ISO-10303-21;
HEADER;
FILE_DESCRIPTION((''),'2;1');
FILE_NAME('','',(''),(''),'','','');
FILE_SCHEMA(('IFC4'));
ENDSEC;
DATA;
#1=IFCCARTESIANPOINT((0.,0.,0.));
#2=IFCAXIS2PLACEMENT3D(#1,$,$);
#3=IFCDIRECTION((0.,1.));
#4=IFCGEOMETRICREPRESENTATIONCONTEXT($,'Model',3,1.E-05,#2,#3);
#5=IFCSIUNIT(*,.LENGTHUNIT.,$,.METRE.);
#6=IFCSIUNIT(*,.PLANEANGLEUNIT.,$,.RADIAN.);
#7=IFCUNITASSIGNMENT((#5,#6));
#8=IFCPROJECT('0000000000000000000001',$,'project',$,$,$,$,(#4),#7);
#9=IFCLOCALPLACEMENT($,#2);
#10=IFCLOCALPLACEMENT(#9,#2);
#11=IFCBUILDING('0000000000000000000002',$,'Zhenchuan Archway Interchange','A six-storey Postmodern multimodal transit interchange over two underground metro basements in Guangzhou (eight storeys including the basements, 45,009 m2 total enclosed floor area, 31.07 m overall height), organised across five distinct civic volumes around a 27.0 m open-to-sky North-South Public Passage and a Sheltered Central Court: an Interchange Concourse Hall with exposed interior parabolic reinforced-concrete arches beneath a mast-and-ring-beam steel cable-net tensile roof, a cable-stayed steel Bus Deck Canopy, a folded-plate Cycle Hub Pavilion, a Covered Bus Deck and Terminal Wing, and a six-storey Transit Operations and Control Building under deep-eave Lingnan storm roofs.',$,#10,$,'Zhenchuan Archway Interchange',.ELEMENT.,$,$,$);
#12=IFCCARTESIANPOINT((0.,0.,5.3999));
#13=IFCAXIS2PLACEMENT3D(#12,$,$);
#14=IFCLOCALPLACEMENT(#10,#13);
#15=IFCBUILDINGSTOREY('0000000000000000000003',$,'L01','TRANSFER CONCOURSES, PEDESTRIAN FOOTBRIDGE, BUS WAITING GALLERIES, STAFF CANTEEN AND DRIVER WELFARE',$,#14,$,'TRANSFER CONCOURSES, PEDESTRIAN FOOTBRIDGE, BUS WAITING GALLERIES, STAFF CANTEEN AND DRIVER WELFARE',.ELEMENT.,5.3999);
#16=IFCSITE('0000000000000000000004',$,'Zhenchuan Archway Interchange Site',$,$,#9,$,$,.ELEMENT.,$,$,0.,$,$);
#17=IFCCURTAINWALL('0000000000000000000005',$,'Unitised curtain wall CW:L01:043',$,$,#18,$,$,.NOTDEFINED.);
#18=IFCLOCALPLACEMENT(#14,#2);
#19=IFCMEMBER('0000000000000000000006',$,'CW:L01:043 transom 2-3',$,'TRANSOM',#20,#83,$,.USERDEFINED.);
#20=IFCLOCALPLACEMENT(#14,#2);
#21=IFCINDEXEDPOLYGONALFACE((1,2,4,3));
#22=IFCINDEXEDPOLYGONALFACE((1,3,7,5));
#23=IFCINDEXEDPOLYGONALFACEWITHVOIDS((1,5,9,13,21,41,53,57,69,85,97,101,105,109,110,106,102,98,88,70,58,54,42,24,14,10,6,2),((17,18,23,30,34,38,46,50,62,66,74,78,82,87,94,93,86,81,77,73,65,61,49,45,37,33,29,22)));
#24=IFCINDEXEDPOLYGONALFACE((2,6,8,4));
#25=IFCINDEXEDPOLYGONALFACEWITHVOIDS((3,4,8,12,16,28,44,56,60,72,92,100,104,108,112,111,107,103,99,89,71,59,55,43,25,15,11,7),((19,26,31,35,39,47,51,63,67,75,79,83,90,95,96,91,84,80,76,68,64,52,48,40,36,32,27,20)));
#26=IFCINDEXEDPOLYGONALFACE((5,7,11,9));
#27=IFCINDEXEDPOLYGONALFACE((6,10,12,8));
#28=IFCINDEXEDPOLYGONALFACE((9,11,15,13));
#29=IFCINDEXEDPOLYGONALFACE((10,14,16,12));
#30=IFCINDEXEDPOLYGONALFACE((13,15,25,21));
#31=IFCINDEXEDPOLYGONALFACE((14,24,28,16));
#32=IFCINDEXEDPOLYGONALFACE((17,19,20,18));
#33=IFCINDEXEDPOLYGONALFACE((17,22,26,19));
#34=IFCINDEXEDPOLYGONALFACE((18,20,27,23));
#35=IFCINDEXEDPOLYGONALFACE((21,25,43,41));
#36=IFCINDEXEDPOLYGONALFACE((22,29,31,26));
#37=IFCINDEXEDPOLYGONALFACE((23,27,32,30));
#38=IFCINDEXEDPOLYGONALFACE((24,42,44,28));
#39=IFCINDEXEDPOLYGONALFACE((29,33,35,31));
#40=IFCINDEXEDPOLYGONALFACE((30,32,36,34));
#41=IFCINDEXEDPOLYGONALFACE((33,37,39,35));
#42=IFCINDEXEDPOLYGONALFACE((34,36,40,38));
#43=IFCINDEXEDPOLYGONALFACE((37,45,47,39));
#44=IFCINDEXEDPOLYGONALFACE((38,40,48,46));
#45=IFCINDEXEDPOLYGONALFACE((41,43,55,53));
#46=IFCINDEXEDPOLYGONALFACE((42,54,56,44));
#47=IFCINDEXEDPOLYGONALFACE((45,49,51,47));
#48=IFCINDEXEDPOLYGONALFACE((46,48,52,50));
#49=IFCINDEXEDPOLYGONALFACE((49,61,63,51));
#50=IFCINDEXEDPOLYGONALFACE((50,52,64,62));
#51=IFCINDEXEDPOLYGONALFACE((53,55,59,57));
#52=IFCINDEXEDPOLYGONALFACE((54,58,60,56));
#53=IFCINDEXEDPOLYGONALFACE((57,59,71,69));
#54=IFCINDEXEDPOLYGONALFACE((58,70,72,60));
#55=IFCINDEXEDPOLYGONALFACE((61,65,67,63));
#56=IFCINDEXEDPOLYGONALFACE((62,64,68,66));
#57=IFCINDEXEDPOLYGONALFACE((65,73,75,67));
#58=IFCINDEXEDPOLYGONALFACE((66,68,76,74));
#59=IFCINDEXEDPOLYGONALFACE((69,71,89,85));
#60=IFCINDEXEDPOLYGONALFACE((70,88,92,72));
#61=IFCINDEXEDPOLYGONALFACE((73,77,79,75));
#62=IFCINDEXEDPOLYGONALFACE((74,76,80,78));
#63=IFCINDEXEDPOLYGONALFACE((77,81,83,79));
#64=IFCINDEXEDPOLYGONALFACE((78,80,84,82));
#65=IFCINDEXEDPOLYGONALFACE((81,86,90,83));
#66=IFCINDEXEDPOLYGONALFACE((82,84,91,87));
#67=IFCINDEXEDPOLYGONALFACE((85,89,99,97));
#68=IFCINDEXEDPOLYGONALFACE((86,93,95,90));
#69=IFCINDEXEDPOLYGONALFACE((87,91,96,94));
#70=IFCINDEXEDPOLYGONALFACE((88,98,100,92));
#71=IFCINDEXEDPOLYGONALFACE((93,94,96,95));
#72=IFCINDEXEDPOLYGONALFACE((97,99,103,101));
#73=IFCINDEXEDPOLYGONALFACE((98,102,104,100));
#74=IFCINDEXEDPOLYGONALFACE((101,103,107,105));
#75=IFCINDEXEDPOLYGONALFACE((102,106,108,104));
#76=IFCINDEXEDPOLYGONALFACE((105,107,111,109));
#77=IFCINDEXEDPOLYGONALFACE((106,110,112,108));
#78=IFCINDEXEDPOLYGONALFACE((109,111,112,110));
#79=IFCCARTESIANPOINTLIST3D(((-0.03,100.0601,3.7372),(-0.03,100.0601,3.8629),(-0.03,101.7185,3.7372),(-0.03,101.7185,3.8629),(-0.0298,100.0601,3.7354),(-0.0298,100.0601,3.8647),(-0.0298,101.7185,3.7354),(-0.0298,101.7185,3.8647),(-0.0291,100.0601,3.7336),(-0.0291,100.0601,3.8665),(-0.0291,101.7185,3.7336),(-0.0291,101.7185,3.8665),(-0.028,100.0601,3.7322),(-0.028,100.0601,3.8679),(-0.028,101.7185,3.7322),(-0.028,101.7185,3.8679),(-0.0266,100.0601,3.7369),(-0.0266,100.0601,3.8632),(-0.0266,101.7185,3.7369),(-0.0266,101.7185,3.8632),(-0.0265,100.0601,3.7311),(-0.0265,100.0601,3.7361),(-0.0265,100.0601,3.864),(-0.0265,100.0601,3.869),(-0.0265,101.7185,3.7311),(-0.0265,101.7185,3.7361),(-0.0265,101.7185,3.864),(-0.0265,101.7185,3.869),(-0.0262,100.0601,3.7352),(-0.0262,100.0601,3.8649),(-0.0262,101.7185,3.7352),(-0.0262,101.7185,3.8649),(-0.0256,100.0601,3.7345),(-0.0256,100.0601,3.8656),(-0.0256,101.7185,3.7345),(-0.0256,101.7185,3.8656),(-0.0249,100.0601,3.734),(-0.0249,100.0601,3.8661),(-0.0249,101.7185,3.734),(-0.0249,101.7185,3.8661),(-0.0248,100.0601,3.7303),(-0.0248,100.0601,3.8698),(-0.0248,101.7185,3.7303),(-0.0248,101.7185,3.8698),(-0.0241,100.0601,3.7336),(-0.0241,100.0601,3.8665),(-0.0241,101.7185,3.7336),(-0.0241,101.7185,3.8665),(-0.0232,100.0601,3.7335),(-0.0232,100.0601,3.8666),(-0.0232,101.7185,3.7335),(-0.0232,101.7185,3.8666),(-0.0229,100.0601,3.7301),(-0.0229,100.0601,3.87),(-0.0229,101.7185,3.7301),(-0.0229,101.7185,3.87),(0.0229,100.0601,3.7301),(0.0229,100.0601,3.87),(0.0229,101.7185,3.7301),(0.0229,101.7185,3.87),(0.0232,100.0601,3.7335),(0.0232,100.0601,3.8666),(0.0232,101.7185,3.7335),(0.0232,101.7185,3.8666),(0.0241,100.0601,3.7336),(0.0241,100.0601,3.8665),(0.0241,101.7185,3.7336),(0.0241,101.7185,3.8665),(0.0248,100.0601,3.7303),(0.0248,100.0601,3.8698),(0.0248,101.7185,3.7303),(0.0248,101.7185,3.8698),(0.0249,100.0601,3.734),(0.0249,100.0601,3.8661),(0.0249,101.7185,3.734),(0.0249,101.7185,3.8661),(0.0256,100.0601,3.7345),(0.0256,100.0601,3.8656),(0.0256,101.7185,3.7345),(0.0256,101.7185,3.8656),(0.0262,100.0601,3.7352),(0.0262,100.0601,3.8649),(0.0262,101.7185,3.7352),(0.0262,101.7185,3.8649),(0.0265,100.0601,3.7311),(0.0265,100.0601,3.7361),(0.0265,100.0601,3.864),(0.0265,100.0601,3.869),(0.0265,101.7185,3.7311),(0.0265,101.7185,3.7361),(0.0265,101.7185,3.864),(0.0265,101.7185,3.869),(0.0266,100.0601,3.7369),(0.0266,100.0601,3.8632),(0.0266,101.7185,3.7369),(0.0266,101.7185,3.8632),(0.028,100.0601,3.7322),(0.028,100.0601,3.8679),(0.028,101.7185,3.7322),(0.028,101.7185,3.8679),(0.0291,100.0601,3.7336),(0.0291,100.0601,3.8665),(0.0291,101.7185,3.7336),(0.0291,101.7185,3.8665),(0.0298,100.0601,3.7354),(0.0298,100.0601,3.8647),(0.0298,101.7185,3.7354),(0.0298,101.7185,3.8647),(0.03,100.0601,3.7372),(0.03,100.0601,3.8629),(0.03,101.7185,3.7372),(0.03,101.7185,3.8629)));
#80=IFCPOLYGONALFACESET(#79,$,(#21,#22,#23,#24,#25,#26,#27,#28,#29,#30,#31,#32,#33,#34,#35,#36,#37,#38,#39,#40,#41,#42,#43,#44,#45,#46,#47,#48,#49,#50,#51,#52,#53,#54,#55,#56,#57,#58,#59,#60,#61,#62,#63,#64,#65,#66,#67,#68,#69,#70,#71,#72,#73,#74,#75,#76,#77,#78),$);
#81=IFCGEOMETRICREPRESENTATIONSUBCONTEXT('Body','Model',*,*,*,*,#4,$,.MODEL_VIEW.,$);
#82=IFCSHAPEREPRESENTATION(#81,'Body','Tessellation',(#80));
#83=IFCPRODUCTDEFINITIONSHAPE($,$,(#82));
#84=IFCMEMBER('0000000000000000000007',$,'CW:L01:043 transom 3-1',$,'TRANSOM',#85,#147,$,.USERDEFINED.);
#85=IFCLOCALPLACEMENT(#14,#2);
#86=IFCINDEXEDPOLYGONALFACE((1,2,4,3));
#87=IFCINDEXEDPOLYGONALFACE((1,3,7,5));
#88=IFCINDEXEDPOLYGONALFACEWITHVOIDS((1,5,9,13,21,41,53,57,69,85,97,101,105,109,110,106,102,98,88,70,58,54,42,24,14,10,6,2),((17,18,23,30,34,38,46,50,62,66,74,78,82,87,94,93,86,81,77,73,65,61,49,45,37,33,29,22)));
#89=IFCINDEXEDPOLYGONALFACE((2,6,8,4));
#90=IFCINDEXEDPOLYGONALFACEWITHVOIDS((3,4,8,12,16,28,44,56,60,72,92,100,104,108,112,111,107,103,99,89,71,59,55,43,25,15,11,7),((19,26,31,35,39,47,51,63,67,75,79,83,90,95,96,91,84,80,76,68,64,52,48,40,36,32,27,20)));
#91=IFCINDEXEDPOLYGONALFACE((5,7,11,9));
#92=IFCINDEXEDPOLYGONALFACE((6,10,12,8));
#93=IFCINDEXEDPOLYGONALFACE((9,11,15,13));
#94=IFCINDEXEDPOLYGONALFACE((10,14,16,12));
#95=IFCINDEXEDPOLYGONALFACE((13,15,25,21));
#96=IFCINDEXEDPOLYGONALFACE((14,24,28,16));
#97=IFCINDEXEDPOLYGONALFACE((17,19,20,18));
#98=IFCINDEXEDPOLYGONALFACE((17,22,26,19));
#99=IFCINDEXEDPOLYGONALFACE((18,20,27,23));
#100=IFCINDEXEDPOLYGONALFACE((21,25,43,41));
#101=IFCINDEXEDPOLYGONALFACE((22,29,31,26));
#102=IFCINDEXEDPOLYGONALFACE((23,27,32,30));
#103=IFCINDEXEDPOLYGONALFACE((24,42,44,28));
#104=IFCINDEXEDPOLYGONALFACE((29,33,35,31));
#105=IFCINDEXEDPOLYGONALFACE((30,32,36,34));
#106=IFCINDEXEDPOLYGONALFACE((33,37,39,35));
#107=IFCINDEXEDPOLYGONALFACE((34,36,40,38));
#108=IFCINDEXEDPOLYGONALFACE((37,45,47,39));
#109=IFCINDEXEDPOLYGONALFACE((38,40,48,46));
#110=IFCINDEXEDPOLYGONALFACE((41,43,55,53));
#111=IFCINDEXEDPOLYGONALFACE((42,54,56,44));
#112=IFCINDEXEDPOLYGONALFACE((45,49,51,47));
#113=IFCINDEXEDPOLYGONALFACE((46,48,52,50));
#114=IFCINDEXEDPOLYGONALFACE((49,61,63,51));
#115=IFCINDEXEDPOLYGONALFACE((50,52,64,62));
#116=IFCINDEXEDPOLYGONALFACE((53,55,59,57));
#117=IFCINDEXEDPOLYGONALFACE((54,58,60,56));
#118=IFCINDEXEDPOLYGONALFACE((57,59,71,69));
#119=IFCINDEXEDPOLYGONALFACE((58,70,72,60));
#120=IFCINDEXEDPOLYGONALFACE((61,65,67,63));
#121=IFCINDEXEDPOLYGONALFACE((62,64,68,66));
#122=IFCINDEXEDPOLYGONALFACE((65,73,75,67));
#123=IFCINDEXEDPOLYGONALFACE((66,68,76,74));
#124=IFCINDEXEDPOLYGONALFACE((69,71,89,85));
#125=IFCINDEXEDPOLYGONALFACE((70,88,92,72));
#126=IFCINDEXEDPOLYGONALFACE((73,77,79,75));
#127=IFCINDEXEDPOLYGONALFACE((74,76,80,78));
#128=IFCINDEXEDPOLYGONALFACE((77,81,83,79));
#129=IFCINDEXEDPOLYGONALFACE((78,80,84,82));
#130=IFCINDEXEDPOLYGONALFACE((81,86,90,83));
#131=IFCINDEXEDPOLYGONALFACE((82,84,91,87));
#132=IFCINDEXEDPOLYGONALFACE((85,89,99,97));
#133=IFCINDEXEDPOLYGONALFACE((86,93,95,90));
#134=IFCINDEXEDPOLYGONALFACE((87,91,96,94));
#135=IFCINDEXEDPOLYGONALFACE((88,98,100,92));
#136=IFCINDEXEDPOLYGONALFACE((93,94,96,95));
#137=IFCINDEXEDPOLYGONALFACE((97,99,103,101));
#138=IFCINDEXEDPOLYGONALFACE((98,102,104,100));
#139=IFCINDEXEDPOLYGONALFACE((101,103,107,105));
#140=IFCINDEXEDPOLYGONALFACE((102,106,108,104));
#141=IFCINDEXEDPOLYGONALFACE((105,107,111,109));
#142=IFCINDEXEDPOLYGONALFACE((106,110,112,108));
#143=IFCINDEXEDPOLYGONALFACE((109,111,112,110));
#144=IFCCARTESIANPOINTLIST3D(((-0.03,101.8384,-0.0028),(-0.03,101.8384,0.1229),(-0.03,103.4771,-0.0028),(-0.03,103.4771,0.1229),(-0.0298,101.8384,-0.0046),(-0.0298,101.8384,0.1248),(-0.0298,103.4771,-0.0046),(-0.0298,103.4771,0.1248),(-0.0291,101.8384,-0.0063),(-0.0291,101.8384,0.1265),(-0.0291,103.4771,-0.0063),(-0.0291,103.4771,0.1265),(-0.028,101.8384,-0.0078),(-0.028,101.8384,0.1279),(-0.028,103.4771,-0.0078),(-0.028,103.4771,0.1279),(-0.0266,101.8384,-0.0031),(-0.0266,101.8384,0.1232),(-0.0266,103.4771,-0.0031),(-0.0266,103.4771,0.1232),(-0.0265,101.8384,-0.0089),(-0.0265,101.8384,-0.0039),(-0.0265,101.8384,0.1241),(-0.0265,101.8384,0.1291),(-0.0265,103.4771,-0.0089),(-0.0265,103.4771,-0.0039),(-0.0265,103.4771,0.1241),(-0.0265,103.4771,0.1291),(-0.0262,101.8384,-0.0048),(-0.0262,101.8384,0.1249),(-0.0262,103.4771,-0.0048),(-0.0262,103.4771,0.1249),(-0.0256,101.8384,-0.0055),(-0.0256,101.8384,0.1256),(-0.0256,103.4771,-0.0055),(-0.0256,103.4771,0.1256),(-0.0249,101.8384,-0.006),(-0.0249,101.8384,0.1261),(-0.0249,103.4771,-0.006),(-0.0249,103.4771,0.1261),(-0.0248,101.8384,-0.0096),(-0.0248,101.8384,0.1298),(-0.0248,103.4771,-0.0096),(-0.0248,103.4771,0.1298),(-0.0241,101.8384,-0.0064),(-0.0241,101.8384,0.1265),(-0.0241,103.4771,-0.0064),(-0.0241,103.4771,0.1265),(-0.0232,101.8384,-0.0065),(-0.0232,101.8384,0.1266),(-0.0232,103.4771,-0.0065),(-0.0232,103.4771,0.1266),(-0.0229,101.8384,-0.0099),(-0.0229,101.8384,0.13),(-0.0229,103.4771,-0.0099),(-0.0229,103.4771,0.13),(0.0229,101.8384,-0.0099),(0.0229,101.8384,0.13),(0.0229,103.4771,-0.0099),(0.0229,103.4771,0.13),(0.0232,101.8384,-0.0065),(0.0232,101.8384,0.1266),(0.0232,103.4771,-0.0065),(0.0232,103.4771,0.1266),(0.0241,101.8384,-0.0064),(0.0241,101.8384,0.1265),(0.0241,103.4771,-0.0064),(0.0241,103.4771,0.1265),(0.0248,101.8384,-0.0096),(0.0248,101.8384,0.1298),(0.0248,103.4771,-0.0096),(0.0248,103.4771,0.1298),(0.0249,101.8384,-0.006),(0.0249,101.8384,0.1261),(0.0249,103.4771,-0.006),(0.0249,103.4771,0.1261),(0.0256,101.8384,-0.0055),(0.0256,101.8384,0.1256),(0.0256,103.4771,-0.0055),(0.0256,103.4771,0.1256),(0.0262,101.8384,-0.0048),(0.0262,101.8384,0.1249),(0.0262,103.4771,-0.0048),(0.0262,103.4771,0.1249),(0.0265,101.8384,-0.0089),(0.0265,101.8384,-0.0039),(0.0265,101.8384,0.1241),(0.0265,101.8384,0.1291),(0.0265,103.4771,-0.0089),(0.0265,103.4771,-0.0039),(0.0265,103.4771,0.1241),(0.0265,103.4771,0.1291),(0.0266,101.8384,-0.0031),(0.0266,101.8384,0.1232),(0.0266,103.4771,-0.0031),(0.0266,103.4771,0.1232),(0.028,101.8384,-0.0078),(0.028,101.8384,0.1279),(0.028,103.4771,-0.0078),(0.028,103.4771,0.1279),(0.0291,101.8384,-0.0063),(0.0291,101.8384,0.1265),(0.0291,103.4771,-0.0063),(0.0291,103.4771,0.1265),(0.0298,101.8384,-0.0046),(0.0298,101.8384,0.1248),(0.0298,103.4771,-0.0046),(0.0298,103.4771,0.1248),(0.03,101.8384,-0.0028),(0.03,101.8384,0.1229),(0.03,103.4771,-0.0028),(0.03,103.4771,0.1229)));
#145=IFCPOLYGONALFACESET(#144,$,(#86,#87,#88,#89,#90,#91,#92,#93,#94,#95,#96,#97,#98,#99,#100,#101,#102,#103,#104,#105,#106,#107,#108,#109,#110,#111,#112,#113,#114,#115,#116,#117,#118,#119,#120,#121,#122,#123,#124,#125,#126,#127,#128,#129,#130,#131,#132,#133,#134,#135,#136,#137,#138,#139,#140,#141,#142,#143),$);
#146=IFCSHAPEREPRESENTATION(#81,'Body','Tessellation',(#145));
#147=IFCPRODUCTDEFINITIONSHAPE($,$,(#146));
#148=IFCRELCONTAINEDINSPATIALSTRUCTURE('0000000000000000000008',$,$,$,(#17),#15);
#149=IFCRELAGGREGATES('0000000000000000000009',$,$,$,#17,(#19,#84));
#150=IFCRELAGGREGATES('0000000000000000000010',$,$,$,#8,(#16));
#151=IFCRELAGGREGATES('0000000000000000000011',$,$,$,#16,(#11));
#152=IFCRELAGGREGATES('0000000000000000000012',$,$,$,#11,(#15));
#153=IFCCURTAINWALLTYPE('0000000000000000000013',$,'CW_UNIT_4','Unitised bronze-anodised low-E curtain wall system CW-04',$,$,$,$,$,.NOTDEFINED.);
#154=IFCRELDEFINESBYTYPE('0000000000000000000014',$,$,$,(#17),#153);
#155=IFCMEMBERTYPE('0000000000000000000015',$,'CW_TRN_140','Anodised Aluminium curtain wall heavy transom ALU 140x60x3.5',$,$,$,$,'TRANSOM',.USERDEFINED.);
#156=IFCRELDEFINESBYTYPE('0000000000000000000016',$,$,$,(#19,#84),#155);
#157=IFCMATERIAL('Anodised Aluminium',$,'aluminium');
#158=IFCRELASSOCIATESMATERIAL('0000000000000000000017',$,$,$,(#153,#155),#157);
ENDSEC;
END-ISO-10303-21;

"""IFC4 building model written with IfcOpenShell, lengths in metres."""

from ifc_helpers import new_model, si_unit, direction, frame, origin, origin_2d, place, context, subcontext, project, spatial, hollow_rectangle, extrude, material, material_profile, profile_set, type_object, element, aggregate, save


model = new_model("IFC4")

# Units and contexts
model_context = context("Model", 3, precision=1e-05, world=origin(), true_north=direction((0.0, 1.0)))
body_context = subcontext(model_context, "Body", "Model", "MODEL_VIEW")
ifc_project = project(units=[si_unit("LENGTHUNIT", "METRE"), si_unit("PLANEANGLEUNIT", "RADIAN")], contexts=[model_context])

# Site, building, storey
site_placement = place(None, origin())
site = spatial("IfcSite", under=ifc_project, at=site_placement, Name="Zhenchuan Archway Interchange Site", CompositionType="ELEMENT", RefElevation=0.0)
building_placement = place(site_placement, origin())
building = spatial("IfcBuilding", under=site, at=building_placement, Name="Zhenchuan Archway Interchange", Description="A six-storey Postmodern multimodal transit interchange over two underground metro basements in Guangzhou (eight storeys including the basements, 45,009 m2 total enclosed floor area, 31.07 m overall height), organised across five distinct civic volumes around a 27.0 m open-to-sky North-South Public Passage and a Sheltered Central Court: an Interchange Concourse Hall with exposed interior parabolic reinforced-concrete arches beneath a mast-and-ring-beam steel cable-net tensile roof, a cable-stayed steel Bus Deck Canopy, a folded-plate Cycle Hub Pavilion, a Covered Bus Deck and Terminal Wing, and a six-storey Transit Operations and Control Building under deep-eave Lingnan storm roofs.", LongName="Zhenchuan Archway Interchange", CompositionType="ELEMENT")
storey_placement = place(building_placement, frame((0.0, 0.0, 5.3999)))
storey = spatial("IfcBuildingStorey", under=building, at=storey_placement, Name="L01", Description="TRANSFER CONCOURSES, PEDESTRIAN FOOTBRIDGE, BUS WAITING GALLERIES, STAFF CANTEEN AND DRIVER WELFARE", LongName="TRANSFER CONCOURSES, PEDESTRIAN FOOTBRIDGE, BUS WAITING GALLERIES, STAFF CANTEEN AND DRIVER WELFARE", CompositionType="ELEMENT", Elevation=5.3999)

# Curtain wall, members
ifc_material_1 = material(Name="Anodised Aluminium", Category="aluminium")
curtain_wall_type = type_object("IfcCurtainWallType", Name="CW_UNIT_4", Description="Unitised bronze-anodised low-E curtain wall system CW-04", PredefinedType="NOTDEFINED", material=ifc_material_1)
curtain_wall_placement = place(storey_placement, origin())
curtain_wall = element("IfcCurtainWall", 1, at=curtain_wall_placement, inside=storey, type_object=curtain_wall_type, Name="Unitised curtain wall CW:L01:043", PredefinedType="NOTDEFINED")
ifc_material_profile_1 = material_profile(ifc_material_1, hollow_rectangle(XDim=0.0601, YDim=0.1399, WallThickness=0.0034, InnerFilletRadius=0.0034, OuterFilletRadius=0.0071, at=origin_2d()), Name="ALU 140x60x3.5")
ifc_profile_set_1 = profile_set([ifc_material_profile_1], Name="Anodised Aluminium")
member_type_1 = type_object("IfcMemberType", Name="CW_TRN_140", Description="Anodised Aluminium curtain wall heavy transom ALU 140x60x3.5", ElementType="TRANSOM", PredefinedType="USERDEFINED", material=ifc_profile_set_1)
member_1_placement = place(storey_placement, frame((0.0, 100.0601, 3.8), z_axis=(0.0, 1.0, 0.0), x_axis=(-1.0, 0.0, 0.0)))
member_1 = element("IfcMember", 2, at=member_1_placement, type_object=member_type_1, Name="CW:L01:043 transom 2-3", ObjectType="TRANSOM", PredefinedType="USERDEFINED", context=body_context, shape_type="SweptSolid", body=[
    extrude(hollow_rectangle(XDim=0.0601, YDim=0.1399, WallThickness=0.0034, InnerFilletRadius=0.0034, OuterFilletRadius=0.0071, at=origin_2d()), origin(), (0.0, 0.0, 1.0), 1.6584),
])
member_2_placement = place(storey_placement, frame((0.0, 101.8384, 0.0601), z_axis=(0.0, 1.0, 0.0), x_axis=(-1.0, 0.0, 0.0)))
member_2 = element("IfcMember", 3, at=member_2_placement, type_object=member_type_1, Name="CW:L01:043 transom 3-1", ObjectType="TRANSOM", PredefinedType="USERDEFINED", context=body_context, shape_type="SweptSolid", body=[
    extrude(hollow_rectangle(XDim=0.0601, YDim=0.1399, WallThickness=0.0034, InnerFilletRadius=0.0034, OuterFilletRadius=0.0071, at=origin_2d()), origin(), (0.0, 0.0, 1.0), 1.6387),
])

aggregate(curtain_wall, [member_1, member_2])

save(model, "model.ifc")
